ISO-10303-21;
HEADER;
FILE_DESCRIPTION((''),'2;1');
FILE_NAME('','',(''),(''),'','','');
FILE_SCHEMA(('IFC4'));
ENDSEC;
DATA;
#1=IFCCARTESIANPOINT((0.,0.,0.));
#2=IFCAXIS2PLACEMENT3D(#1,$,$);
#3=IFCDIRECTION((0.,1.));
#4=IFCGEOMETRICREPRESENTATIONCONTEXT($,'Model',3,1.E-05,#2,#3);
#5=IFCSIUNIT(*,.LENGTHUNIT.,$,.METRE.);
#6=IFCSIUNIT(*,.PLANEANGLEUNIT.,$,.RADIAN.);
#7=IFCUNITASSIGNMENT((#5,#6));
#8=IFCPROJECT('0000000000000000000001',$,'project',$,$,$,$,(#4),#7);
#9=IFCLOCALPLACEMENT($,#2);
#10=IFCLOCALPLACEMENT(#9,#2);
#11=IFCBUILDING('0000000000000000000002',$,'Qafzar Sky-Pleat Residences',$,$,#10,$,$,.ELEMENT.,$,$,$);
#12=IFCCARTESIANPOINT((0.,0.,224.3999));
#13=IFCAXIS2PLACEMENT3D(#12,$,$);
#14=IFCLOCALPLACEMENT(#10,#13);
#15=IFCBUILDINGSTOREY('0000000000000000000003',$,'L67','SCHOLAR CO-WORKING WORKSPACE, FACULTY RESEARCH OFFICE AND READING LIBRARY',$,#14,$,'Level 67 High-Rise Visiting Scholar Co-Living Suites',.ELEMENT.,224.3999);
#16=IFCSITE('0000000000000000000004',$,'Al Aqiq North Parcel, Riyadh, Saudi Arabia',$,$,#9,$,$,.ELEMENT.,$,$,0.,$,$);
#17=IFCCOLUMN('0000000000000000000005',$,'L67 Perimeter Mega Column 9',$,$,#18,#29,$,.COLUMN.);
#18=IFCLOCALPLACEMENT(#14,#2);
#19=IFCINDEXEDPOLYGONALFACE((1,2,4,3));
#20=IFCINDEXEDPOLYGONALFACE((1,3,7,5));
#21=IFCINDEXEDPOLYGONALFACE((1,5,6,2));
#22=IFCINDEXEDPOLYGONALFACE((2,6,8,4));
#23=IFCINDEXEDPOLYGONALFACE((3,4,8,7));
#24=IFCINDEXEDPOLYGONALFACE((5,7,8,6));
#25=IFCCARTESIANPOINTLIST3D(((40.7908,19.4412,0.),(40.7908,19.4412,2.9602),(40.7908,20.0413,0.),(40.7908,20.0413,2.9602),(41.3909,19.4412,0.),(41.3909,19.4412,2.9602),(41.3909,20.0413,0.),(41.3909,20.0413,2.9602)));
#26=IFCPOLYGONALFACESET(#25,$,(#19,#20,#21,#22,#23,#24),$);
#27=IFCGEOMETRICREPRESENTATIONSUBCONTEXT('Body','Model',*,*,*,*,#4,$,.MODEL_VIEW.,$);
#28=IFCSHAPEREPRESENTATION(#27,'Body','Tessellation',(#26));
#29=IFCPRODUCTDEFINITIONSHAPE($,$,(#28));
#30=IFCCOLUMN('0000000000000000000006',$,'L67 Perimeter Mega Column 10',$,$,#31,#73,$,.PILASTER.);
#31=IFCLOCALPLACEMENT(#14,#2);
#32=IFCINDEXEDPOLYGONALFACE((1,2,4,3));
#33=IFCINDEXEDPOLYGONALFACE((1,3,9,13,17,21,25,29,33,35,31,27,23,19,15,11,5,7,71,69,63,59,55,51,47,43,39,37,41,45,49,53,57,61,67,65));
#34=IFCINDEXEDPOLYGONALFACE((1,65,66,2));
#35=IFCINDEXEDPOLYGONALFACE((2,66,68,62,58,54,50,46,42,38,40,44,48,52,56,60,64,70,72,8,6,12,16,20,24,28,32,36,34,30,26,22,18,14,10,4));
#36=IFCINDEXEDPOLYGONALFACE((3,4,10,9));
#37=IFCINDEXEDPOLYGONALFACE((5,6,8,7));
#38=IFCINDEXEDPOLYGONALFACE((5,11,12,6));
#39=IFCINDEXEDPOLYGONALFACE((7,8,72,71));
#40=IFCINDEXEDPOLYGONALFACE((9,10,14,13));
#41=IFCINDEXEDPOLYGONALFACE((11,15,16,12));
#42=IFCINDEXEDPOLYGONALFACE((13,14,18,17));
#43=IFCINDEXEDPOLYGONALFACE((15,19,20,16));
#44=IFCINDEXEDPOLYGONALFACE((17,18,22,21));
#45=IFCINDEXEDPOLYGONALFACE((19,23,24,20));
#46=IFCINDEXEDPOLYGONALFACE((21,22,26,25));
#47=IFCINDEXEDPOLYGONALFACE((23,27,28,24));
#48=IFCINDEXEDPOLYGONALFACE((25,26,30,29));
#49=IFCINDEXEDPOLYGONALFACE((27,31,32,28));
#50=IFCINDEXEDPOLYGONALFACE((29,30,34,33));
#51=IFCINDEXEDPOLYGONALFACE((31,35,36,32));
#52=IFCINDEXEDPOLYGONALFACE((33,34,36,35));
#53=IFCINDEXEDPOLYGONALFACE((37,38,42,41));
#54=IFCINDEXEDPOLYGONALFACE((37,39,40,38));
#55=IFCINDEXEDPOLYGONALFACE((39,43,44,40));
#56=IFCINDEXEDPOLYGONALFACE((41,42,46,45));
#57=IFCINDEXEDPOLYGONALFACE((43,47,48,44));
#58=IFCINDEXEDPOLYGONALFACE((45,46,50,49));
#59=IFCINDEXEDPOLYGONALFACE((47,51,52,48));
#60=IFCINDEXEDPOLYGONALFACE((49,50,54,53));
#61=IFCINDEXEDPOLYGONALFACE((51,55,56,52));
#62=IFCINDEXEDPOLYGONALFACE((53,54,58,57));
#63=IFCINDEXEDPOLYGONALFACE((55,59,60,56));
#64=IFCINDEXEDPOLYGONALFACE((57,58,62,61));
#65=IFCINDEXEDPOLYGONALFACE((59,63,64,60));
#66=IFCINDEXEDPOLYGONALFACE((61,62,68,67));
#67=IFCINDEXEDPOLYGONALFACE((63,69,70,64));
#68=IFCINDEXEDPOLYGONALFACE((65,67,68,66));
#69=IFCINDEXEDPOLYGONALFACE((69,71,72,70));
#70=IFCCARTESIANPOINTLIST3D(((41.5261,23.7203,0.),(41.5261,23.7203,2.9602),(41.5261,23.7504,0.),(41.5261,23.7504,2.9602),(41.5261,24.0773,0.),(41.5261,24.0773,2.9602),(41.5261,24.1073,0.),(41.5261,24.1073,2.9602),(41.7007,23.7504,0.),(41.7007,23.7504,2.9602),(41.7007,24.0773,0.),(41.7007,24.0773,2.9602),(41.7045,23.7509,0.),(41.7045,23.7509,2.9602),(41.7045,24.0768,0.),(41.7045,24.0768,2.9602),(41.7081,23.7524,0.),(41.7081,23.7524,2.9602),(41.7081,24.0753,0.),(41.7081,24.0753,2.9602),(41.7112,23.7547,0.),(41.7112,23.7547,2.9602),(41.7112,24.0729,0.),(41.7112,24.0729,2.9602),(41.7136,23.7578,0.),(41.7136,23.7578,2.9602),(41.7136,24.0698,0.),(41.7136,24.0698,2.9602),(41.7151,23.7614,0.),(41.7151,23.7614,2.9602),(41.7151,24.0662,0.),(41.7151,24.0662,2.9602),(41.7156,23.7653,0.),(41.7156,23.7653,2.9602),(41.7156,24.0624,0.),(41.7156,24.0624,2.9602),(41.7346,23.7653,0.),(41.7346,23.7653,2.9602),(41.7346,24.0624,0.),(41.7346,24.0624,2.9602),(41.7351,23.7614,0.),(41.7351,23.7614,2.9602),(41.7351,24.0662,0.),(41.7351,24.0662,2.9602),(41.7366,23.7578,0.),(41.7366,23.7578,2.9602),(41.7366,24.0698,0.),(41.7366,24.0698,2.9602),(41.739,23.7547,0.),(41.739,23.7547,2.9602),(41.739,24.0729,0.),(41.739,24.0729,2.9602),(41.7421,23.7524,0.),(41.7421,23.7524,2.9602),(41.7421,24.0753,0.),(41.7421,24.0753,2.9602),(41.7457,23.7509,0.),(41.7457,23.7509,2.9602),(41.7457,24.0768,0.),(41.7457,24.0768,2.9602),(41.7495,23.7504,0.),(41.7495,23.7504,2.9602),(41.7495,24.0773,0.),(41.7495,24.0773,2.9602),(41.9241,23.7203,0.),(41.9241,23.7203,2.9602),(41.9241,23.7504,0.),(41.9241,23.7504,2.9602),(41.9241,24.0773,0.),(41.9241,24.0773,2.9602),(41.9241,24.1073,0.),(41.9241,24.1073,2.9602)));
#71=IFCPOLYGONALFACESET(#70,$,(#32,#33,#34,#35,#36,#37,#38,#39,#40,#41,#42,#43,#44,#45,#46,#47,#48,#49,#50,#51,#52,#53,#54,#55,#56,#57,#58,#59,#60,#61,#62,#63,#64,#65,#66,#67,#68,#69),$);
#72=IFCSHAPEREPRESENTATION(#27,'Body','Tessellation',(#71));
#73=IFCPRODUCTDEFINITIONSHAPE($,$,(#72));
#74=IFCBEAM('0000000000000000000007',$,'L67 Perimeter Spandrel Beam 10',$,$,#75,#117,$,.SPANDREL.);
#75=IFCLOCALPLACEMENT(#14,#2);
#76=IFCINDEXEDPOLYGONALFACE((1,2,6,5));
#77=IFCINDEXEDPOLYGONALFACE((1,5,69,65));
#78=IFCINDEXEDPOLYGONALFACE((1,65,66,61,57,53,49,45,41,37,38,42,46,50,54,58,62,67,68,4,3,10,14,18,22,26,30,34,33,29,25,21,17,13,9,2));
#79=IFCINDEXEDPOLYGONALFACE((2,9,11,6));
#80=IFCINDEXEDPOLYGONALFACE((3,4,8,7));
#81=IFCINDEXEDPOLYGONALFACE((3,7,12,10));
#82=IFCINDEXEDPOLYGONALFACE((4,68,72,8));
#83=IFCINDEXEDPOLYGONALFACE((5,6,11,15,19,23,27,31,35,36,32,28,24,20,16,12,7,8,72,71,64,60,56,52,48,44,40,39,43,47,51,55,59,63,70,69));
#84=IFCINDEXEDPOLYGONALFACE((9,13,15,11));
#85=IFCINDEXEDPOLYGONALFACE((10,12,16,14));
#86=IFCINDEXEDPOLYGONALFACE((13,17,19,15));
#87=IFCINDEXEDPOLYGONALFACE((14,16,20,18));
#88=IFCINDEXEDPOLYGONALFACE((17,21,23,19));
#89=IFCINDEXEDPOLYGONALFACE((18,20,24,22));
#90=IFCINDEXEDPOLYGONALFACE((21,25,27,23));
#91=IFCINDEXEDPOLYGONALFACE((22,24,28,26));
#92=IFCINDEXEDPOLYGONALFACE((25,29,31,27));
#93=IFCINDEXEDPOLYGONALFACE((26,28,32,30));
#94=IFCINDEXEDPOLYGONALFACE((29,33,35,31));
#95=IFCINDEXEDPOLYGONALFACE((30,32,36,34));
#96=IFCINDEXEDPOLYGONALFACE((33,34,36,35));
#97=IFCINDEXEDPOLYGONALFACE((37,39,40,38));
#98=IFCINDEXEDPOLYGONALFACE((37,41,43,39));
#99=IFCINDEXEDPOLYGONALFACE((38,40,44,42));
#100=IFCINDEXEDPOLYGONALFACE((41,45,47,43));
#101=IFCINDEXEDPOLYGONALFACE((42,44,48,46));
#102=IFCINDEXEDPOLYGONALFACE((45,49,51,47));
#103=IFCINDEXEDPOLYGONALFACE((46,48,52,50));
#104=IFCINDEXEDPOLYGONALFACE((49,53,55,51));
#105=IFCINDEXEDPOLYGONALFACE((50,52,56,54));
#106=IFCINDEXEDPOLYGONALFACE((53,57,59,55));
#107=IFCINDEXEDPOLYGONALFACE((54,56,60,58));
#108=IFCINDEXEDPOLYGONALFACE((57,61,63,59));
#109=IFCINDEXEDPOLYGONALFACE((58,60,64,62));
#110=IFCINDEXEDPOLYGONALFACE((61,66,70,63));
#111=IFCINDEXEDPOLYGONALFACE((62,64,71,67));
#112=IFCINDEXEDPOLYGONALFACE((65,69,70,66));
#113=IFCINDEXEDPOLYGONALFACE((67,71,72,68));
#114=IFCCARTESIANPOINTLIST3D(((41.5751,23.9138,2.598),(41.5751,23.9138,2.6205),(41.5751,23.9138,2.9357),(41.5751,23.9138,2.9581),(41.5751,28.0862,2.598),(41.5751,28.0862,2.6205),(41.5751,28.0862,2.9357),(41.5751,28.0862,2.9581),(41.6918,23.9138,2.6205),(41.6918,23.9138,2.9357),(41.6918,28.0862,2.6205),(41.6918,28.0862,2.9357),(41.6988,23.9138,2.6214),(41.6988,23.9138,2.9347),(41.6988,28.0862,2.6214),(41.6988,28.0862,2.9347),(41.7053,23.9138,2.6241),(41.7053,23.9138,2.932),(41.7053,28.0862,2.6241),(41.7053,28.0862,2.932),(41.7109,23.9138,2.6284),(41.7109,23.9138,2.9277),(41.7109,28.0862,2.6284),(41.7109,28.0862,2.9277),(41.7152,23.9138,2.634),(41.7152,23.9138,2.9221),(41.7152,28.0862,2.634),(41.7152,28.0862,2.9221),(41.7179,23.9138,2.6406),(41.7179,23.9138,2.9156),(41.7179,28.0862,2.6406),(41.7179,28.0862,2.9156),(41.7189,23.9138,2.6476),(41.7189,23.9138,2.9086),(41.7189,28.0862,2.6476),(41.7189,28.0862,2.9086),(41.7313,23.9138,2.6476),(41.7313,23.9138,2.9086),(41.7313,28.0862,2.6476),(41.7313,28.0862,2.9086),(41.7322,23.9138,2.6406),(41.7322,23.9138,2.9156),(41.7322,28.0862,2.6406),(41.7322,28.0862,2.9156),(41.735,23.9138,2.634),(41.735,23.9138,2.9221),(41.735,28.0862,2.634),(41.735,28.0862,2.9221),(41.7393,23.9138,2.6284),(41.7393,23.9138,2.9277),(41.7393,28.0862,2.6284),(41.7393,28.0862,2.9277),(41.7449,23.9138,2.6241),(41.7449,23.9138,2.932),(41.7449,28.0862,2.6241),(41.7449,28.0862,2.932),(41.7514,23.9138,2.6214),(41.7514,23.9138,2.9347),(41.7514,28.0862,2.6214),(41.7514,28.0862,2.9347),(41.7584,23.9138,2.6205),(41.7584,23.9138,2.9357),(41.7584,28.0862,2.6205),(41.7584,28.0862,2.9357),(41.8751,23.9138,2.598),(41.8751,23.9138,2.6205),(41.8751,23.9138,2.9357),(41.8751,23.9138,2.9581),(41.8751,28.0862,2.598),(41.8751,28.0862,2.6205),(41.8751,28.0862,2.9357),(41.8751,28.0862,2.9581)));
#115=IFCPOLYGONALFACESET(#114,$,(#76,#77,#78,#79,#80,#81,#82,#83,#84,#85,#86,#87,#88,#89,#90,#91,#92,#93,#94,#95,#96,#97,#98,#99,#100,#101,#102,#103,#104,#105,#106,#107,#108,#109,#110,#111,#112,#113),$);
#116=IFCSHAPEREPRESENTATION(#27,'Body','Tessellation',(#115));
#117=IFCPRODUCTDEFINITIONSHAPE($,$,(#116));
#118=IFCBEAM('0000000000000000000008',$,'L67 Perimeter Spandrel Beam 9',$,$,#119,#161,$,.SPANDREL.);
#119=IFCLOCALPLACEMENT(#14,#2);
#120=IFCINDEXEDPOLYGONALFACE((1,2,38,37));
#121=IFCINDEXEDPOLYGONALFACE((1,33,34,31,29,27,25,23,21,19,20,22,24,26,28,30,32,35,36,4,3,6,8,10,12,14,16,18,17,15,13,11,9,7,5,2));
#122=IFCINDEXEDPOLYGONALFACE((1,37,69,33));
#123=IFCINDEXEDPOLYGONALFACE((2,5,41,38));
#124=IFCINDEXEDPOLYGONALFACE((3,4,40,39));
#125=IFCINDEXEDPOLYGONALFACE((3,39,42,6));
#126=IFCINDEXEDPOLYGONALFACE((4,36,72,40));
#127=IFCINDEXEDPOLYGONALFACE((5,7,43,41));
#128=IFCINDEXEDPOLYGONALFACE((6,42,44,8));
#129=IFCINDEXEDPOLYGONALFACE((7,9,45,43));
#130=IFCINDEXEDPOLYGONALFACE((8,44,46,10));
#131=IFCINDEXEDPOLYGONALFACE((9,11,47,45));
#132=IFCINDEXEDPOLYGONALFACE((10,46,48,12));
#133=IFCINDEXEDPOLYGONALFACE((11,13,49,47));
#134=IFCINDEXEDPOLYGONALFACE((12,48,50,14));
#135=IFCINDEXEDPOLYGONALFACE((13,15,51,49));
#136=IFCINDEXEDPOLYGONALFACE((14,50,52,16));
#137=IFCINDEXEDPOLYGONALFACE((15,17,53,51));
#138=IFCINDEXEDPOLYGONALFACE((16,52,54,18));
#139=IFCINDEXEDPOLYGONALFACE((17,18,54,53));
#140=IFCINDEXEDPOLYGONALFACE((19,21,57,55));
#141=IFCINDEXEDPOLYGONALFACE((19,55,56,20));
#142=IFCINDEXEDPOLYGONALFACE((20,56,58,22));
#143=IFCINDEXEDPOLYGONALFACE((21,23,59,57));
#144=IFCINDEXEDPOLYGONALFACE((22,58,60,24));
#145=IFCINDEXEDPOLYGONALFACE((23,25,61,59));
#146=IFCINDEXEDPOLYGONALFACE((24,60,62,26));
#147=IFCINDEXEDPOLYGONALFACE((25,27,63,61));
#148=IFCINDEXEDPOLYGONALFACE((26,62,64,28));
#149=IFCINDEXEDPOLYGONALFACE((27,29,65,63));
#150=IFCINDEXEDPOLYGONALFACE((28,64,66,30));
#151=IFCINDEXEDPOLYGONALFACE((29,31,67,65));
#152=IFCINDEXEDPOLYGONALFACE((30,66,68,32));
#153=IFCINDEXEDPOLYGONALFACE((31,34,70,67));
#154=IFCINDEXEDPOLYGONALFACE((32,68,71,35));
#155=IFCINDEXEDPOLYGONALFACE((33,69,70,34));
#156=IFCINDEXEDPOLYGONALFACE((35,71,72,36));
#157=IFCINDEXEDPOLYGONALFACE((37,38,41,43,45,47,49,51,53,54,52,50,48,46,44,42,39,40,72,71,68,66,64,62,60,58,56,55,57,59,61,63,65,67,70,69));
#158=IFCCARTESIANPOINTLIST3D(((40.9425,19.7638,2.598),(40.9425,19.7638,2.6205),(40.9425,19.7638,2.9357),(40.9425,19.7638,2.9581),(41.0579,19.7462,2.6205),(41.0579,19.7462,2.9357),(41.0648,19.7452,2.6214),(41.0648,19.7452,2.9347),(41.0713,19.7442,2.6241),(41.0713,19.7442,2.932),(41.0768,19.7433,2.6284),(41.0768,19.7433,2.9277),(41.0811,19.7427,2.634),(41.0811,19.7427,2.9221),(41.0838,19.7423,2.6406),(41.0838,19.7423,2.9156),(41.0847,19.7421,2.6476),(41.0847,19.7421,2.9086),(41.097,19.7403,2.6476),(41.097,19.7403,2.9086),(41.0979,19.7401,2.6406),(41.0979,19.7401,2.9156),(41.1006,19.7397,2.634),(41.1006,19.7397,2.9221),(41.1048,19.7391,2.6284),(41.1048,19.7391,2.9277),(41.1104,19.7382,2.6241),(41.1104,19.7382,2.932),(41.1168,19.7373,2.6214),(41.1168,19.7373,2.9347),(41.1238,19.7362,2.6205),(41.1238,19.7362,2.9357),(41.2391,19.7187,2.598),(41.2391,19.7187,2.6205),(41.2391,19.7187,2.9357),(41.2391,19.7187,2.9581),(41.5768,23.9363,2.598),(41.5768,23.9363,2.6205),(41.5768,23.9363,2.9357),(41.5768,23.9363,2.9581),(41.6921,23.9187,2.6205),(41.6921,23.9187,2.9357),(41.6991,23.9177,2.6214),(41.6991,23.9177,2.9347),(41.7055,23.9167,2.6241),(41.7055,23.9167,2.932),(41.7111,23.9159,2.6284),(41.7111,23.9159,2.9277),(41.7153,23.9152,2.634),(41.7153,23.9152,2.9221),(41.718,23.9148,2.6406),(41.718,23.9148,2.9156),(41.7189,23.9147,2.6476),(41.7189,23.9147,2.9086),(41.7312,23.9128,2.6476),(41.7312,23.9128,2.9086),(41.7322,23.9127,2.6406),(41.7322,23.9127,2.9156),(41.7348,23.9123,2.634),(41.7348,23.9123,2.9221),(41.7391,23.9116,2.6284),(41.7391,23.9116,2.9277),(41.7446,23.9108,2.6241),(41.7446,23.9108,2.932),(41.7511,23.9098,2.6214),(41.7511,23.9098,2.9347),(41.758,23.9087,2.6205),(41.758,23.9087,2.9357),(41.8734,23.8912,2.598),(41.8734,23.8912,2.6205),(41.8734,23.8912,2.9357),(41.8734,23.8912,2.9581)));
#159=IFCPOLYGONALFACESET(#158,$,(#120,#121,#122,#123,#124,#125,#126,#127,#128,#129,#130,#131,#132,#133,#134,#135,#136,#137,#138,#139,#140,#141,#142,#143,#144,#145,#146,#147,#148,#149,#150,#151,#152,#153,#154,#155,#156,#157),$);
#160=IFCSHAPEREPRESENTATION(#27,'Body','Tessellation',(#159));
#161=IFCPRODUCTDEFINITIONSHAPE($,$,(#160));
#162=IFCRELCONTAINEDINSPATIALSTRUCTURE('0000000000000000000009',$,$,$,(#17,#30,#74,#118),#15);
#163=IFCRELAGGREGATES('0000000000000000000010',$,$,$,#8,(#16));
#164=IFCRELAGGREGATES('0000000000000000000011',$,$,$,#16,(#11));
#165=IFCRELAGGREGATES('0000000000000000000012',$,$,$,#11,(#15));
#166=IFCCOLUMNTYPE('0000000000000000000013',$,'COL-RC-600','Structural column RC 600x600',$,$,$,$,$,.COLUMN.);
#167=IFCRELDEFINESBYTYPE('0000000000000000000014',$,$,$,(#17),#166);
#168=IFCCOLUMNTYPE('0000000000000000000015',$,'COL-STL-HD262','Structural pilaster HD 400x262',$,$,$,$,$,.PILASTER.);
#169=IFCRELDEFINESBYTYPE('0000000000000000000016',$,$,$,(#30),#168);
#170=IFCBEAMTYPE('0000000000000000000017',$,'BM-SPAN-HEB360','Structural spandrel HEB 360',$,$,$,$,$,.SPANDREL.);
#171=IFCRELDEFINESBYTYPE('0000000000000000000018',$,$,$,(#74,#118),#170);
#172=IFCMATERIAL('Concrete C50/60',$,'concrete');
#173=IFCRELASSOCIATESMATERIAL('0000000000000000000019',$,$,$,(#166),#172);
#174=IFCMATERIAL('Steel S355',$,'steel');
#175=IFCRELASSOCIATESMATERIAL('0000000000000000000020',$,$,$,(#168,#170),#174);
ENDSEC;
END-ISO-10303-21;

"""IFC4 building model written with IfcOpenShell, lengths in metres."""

from ifc_helpers import new_model, si_unit, direction, frame, origin, origin_2d, place, context, subcontext, project, spatial, rectangle, i_section, extrude, source, transform, mapped, material, material_profile, profile_set, type_object, element, save


model = new_model("IFC4")

# Units and contexts
model_context = context("Model", 3, precision=1e-05, world=origin(), true_north=direction((0.0, 1.0)))
body_context = subcontext(model_context, "Body", "Model", "MODEL_VIEW")
ifc_project = project(units=[si_unit("LENGTHUNIT", "METRE"), si_unit("PLANEANGLEUNIT", "RADIAN")], contexts=[model_context])

# Site, building, storey
site_placement = place(None, origin())
site = spatial("IfcSite", under=ifc_project, at=site_placement, Name="Al Aqiq North Parcel, Riyadh, Saudi Arabia", CompositionType="ELEMENT", RefElevation=0.0)
building_placement = place(site_placement, origin())
building = spatial("IfcBuilding", under=site, at=building_placement, Name="Qafzar Sky-Pleat Residences", CompositionType="ELEMENT")
storey_placement = place(building_placement, frame((0.0, 0.0, 224.3999)))
storey = spatial("IfcBuildingStorey", under=building, at=storey_placement, Name="L67", Description="SCHOLAR CO-WORKING WORKSPACE, FACULTY RESEARCH OFFICE AND READING LIBRARY", LongName="Level 67 High-Rise Visiting Scholar Co-Living Suites", CompositionType="ELEMENT", Elevation=224.3999)

# Columns
ifc_material_1 = material(Name="Concrete C50/60", Category="concrete")
ifc_material_profile_1 = material_profile(ifc_material_1, rectangle(XDim=0.6001, YDim=0.6001, at=origin_2d()), Name="RC 600x600")
ifc_profile_set_1 = profile_set([ifc_material_profile_1], Name="Concrete C50/60")
column_type_1 = type_object("IfcColumnType", Name="COL-RC-600", Description="Structural column RC 600x600", PredefinedType="COLUMN", material=ifc_profile_set_1)
shared_shape_1 = source(origin(), body_context, "Body", "SweptSolid", [
    extrude(rectangle(XDim=0.6001, YDim=0.6001, at=origin_2d()), origin(), (0.0, 0.0, 1.0), 2.9602),
])
column_1_placement = place(storey_placement, frame((41.0908, 19.7412, 0.0), z_axis=(0.0, 0.0, 1.0), x_axis=(1.0, 0.0, 0.0)))
element("IfcColumn", 1, at=column_1_placement, inside=storey, type_object=column_type_1, Name="L67 Perimeter Mega Column 9", PredefinedType="COLUMN", context=body_context, shape_type="MappedRepresentation", body=[
    mapped(shared_shape_1, transform((0.0, 0.0, 0.0), x_axis=(1.0, 0.0, 0.0), y_axis=(0.0, 1.0, 0.0), z_axis=(0.0, 0.0, 1.0), scale=1.0)),
])
ifc_material_2 = material(Name="Steel S355", Category="steel")
ifc_material_profile_2 = material_profile(ifc_material_2, i_section(OverallWidth=0.3979, OverallDepth=0.387, WebThickness=0.019, FlangeThickness=0.03, FilletRadius=0.0149, at=origin_2d()), Name="HD 400x262")
ifc_profile_set_2 = profile_set([ifc_material_profile_2], Name="Steel S355")
column_type_2 = type_object("IfcColumnType", Name="COL-STL-HD262", Description="Structural pilaster HD 400x262", PredefinedType="PILASTER", material=ifc_profile_set_2)
shared_shape_2 = source(origin(), body_context, "Body", "SweptSolid", [
    extrude(i_section(OverallWidth=0.3979, OverallDepth=0.387, WebThickness=0.019, FlangeThickness=0.03, FilletRadius=0.0149, at=origin_2d()), origin(), (0.0, 0.0, 1.0), 2.9602),
])
column_2_placement = place(storey_placement, frame((41.7251, 23.9138, 0.0), z_axis=(0.0, 0.0, 1.0), x_axis=(1.0, 0.0, 0.0)))
element("IfcColumn", 2, at=column_2_placement, inside=storey, type_object=column_type_2, Name="L67 Perimeter Mega Column 10", PredefinedType="PILASTER", context=body_context, shape_type="MappedRepresentation", body=[
    mapped(shared_shape_2, transform((0.0, 0.0, 0.0), x_axis=(1.0, 0.0, 0.0), y_axis=(0.0, 1.0, 0.0), z_axis=(0.0, 0.0, 1.0), scale=1.0)),
])

# Beams
ifc_material_profile_3 = material_profile(ifc_material_2, i_section(OverallWidth=0.3, OverallDepth=0.3601, WebThickness=0.0125, FlangeThickness=0.0225, FilletRadius=0.0271, at=origin_2d()), Name="HEB 360")
ifc_profile_set_3 = profile_set([ifc_material_profile_3], Name="Steel S355")
beam_type_1 = type_object("IfcBeamType", Name="BM-SPAN-HEB360", Description="Structural spandrel HEB 360", PredefinedType="SPANDREL", material=ifc_profile_set_3)
shared_shape_3 = source(origin(), body_context, "Body", "SweptSolid", [
    extrude(i_section(OverallWidth=0.3, OverallDepth=0.3601, WebThickness=0.0125, FlangeThickness=0.0225, FilletRadius=0.0271, at=origin_2d()), origin(), (0.0, 0.0, 1.0), 4.1724),
])
beam_1_placement = place(storey_placement, frame((41.7251, 23.9138, 2.7781), z_axis=(0.0, 1.0, 0.0), x_axis=(-1.0, 0.0, 0.0)))
element("IfcBeam", 3, at=beam_1_placement, inside=storey, type_object=beam_type_1, Name="L67 Perimeter Spandrel Beam 10", PredefinedType="SPANDREL", context=body_context, shape_type="MappedRepresentation", body=[
    mapped(shared_shape_3, transform((0.0, 0.0, 0.0), x_axis=(1.0, 0.0, 0.0), y_axis=(0.0, 1.0, 0.0), z_axis=(0.0, 0.0, 1.0), scale=1.0)),
])
shared_shape_4 = source(origin(), body_context, "Body", "SweptSolid", [
    extrude(i_section(OverallWidth=0.3, OverallDepth=0.3601, WebThickness=0.0125, FlangeThickness=0.0225, FilletRadius=0.0271, at=origin_2d()), origin(), (0.0, 0.0, 1.0), 4.2205),
])
beam_2_placement = place(storey_placement, frame((41.0908, 19.7412, 2.7781), z_axis=(0.150283, 0.988643, 0.0), x_axis=(-0.988643, 0.150283, 0.0)))
element("IfcBeam", 4, at=beam_2_placement, inside=storey, type_object=beam_type_1, Name="L67 Perimeter Spandrel Beam 9", PredefinedType="SPANDREL", context=body_context, shape_type="MappedRepresentation", body=[
    mapped(shared_shape_4, transform((0.0, 0.0, 0.0), x_axis=(1.0, 0.0, 0.0), y_axis=(0.0, 1.0, 0.0), z_axis=(0.0, 0.0, 1.0), scale=1.0)),
])

save(model, "model.ifc")
